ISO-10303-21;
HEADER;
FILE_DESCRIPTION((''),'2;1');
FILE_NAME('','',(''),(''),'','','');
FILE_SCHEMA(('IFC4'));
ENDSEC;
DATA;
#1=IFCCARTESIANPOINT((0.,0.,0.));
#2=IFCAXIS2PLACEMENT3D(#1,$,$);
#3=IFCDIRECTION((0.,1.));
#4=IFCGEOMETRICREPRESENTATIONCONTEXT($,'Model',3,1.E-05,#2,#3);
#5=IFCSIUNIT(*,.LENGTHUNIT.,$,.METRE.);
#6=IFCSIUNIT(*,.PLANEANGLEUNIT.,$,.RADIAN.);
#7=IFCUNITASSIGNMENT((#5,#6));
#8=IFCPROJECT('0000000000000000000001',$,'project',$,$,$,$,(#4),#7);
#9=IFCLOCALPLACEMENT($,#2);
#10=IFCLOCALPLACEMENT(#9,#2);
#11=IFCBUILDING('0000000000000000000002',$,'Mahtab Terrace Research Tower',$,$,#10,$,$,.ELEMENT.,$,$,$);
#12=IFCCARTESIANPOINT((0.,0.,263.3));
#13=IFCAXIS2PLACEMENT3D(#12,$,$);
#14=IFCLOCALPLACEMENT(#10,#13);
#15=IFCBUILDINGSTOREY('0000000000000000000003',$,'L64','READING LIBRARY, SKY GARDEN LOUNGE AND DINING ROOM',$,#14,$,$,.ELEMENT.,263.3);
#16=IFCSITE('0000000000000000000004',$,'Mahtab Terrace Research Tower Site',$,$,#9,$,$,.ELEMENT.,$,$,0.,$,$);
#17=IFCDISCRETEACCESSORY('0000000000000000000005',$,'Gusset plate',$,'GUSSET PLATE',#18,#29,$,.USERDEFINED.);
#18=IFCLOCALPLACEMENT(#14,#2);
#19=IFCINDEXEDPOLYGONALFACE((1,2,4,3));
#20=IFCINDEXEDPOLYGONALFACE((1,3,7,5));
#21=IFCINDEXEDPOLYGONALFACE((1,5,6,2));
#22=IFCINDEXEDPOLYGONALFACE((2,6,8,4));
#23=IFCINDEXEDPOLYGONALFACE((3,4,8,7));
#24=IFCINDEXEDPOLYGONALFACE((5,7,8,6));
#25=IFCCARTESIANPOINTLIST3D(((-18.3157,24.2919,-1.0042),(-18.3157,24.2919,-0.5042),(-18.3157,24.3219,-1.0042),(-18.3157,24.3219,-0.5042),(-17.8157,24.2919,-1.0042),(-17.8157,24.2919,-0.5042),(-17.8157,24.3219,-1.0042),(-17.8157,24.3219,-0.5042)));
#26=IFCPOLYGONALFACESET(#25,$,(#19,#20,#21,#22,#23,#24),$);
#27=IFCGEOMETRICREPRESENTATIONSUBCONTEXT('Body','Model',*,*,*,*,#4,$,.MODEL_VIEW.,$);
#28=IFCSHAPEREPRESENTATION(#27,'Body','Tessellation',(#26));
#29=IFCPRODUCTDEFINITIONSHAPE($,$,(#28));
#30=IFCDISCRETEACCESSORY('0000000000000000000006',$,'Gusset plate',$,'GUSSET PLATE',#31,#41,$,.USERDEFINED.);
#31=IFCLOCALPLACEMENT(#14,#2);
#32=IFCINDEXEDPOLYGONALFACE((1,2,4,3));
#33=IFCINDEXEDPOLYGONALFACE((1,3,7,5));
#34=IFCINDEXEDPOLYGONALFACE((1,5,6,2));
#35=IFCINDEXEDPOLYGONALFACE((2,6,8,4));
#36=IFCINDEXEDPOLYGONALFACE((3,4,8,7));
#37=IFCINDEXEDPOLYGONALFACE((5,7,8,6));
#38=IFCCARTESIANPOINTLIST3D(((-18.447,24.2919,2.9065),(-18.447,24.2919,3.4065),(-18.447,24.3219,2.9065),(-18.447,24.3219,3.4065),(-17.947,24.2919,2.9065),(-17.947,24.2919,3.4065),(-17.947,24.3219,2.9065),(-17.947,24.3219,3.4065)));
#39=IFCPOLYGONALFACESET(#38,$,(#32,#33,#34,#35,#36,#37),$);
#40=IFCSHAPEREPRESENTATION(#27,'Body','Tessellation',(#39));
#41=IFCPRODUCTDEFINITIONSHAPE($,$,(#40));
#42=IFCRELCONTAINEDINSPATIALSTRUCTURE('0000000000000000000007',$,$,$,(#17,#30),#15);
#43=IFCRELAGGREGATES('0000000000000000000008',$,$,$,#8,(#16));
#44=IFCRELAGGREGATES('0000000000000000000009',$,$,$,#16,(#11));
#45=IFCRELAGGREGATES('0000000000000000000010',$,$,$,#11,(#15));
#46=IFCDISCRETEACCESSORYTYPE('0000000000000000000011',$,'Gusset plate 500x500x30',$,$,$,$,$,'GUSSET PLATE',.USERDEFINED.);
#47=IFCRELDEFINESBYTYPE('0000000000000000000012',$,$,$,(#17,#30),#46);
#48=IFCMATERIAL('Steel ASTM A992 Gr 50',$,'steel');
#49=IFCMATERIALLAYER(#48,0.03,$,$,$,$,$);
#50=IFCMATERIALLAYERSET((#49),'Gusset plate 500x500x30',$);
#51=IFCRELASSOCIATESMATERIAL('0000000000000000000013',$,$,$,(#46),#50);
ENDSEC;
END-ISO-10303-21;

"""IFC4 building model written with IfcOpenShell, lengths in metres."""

from ifc_helpers import new_model, si_unit, direction, frame, origin, origin_2d, place, context, subcontext, project, spatial, rectangle, extrude, material, layer, layer_set, type_object, element, save


model = new_model("IFC4")

# Units and contexts
model_context = context("Model", 3, precision=1e-05, world=origin(), true_north=direction((0.0, 1.0)))
body_context = subcontext(model_context, "Body", "Model", "MODEL_VIEW")
ifc_project = project(units=[si_unit("LENGTHUNIT", "METRE"), si_unit("PLANEANGLEUNIT", "RADIAN")], contexts=[model_context])

# Site, building, storey
site_placement = place(None, origin())
site = spatial("IfcSite", under=ifc_project, at=site_placement, Name="Mahtab Terrace Research Tower Site", CompositionType="ELEMENT", RefElevation=0.0)
building_placement = place(site_placement, origin())
building = spatial("IfcBuilding", under=site, at=building_placement, Name="Mahtab Terrace Research Tower", CompositionType="ELEMENT")
storey_placement = place(building_placement, frame((0.0, 0.0, 263.3)))
storey = spatial("IfcBuildingStorey", under=building, at=storey_placement, Name="L64", Description="READING LIBRARY, SKY GARDEN LOUNGE AND DINING ROOM", CompositionType="ELEMENT", Elevation=263.3)

# Shared definitions
ifc_material_1 = material(Name="Steel ASTM A992 Gr 50", Category="steel")

# Discrete accessories
ifc_layer_1 = layer(ifc_material_1, 0.03)
ifc_layer_set_1 = layer_set([ifc_layer_1], Name="Gusset plate 500x500x30")
discrete_accessory_type = type_object("IfcDiscreteAccessoryType", Name="Gusset plate 500x500x30", ElementType="GUSSET PLATE", PredefinedType="USERDEFINED", material=ifc_layer_set_1)
for number, where, z_axis, x_axis, name in (
    (1, (-18.0657, 24.3069, -1.0042), (0.0, 0.0, 1.0), (1.0, 0.0, 0.0), "Gusset plate"),
    (2, (-18.197, 24.3069, 2.9065), (0.0, 0.0, 1.0), (1.0, 0.0, 0.0), "Gusset plate"),
):
    element("IfcDiscreteAccessory", number, at=place(storey_placement, frame(where, z_axis=z_axis, x_axis=x_axis)), inside=storey, type_object=discrete_accessory_type, Name=name, ObjectType="GUSSET PLATE", PredefinedType="USERDEFINED", context=body_context, shape_type="SweptSolid", body=[
        extrude(rectangle(XDim=0.5, YDim=0.03, at=origin_2d()), origin(), (0.0, 0.0, 1.0), 0.5),
    ])

save(model, "model.ifc")
